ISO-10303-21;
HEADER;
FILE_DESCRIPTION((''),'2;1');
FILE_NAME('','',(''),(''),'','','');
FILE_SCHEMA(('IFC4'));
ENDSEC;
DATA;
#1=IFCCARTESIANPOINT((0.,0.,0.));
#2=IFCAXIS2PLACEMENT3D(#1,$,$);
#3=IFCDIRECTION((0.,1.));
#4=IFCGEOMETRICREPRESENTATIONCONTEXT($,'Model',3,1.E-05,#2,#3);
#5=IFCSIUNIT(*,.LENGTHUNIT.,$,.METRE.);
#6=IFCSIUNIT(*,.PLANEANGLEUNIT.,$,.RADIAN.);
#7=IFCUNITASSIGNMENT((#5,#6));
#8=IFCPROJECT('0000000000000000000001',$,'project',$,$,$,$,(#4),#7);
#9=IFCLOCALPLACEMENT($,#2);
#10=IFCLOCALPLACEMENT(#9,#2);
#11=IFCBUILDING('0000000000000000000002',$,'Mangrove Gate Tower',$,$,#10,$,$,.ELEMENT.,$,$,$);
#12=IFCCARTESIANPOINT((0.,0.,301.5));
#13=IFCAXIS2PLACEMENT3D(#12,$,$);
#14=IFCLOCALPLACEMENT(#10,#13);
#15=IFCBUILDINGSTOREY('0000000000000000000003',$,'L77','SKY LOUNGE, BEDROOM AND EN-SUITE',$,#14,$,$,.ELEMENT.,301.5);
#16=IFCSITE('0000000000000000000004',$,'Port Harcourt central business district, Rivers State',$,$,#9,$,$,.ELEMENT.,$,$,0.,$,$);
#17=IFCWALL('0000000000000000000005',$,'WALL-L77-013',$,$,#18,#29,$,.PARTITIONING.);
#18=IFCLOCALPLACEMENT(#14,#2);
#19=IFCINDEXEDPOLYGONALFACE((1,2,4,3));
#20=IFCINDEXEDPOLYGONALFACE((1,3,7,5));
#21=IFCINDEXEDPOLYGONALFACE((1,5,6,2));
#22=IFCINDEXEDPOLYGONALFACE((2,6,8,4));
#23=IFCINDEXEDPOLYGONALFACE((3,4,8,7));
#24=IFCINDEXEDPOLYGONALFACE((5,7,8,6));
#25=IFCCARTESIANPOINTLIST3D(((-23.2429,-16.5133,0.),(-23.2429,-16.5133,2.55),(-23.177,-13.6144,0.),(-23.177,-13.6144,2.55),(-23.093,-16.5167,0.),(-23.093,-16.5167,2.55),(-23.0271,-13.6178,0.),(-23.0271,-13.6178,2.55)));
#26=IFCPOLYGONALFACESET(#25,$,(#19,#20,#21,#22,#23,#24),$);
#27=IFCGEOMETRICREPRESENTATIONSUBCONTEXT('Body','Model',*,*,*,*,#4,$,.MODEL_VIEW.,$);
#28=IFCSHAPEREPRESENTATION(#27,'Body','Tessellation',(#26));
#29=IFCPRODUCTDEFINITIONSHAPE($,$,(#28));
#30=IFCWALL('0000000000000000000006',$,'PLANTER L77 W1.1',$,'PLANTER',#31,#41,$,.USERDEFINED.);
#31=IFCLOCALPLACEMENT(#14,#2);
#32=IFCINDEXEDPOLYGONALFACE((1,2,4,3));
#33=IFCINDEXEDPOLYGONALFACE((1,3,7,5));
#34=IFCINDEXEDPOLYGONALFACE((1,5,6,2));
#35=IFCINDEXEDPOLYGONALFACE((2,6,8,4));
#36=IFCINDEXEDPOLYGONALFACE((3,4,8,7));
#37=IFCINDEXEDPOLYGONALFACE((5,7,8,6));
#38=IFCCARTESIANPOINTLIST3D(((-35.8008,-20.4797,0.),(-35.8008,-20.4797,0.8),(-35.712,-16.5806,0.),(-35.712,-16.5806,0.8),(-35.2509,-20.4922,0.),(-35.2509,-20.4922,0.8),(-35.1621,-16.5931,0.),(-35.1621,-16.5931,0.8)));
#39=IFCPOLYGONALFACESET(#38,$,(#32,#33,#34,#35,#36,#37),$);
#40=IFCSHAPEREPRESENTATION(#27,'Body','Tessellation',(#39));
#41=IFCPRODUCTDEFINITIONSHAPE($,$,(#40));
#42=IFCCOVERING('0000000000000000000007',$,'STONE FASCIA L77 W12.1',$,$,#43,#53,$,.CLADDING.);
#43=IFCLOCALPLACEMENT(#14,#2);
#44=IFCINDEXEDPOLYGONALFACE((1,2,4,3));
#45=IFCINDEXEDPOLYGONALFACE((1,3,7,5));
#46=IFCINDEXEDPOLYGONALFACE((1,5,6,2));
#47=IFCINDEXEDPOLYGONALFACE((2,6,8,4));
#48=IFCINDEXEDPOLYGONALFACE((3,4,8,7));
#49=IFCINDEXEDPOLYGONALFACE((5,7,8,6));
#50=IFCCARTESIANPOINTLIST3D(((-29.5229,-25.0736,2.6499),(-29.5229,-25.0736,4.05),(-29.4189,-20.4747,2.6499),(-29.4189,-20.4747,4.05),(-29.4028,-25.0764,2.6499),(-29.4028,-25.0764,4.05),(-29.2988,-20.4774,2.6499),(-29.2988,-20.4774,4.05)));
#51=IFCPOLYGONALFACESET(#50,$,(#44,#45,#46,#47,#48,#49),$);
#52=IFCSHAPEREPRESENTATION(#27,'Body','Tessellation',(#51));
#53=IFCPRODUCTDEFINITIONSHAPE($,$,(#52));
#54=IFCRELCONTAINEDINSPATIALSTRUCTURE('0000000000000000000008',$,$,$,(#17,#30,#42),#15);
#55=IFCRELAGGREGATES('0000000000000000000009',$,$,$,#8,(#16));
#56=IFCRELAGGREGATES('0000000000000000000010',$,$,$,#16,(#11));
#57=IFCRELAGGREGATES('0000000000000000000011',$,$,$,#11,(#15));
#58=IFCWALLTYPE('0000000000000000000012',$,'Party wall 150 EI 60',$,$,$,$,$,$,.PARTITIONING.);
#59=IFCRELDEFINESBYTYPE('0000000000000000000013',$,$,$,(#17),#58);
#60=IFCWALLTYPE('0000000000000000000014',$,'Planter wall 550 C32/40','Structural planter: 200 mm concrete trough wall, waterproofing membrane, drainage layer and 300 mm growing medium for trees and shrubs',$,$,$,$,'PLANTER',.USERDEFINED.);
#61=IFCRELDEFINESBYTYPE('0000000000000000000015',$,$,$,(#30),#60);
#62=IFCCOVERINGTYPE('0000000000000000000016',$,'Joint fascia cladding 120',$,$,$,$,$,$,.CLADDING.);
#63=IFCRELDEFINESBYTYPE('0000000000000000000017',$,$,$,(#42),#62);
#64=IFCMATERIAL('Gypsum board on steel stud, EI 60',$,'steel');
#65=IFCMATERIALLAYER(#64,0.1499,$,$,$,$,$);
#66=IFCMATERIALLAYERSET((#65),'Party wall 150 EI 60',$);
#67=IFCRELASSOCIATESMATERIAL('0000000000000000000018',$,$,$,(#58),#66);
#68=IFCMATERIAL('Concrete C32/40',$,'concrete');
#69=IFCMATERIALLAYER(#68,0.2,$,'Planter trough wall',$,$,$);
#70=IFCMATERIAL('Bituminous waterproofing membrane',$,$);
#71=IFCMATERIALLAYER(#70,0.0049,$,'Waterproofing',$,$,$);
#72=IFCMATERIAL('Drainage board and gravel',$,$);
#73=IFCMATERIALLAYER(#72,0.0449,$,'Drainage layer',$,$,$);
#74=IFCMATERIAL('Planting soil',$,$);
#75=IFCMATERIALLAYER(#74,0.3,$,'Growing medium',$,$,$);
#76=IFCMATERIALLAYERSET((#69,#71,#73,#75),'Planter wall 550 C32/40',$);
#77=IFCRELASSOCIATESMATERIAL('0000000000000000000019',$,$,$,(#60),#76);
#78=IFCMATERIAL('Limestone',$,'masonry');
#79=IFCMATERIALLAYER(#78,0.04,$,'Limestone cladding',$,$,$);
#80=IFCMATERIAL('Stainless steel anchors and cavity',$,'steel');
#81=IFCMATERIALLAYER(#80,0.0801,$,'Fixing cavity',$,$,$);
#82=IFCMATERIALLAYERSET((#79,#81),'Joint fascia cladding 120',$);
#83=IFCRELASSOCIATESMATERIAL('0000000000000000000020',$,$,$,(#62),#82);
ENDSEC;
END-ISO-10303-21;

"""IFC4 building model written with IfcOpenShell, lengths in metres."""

from ifc_helpers import new_model, si_unit, direction, frame, frame_2d, origin, place, context, subcontext, project, spatial, rectangle, extrude, material, layer, layer_set, type_object, element, save


model = new_model("IFC4")

# Units and contexts
model_context = context("Model", 3, precision=1e-05, world=origin(), true_north=direction((0.0, 1.0)))
body_context = subcontext(model_context, "Body", "Model", "MODEL_VIEW")
ifc_project = project(units=[si_unit("LENGTHUNIT", "METRE"), si_unit("PLANEANGLEUNIT", "RADIAN")], contexts=[model_context])

# Site, building, storey
site_placement = place(None, origin())
site = spatial("IfcSite", under=ifc_project, at=site_placement, Name="Port Harcourt central business district, Rivers State", CompositionType="ELEMENT", RefElevation=0.0)
building_placement = place(site_placement, origin())
building = spatial("IfcBuilding", under=site, at=building_placement, Name="Mangrove Gate Tower", CompositionType="ELEMENT")
storey_placement = place(building_placement, frame((0.0, 0.0, 301.5)))
storey = spatial("IfcBuildingStorey", under=building, at=storey_placement, Name="L77", Description="SKY LOUNGE, BEDROOM AND EN-SUITE", CompositionType="ELEMENT", Elevation=301.5)

# Shared definitions
ifc_material_1 = material(Name="Limestone", Category="masonry")

# Walls
ifc_material_2 = material(Name="Gypsum board on steel stud, EI 60", Category="steel")
ifc_layer_1 = layer(ifc_material_2, 0.1499)
ifc_layer_set_1 = layer_set([ifc_layer_1], Name="Party wall 150 EI 60")
wall_type_1 = type_object("IfcWallType", Name="Party wall 150 EI 60", PredefinedType="PARTITIONING", material=ifc_layer_set_1)
wall_1_placement = place(storey_placement, frame((-23.168, -16.5149, 0.0), z_axis=(0.0, 0.0, 1.0), x_axis=(0.022733, 0.999742, 0.0)))
element("IfcWall", 1, at=wall_1_placement, inside=storey, type_object=wall_type_1, Name="WALL-L77-013", PredefinedType="PARTITIONING", context=body_context, shape_type="SweptSolid", body=[
    extrude(rectangle(XDim=2.8997, YDim=0.1499, at=frame_2d((1.4497, 0.0))), origin(), (0.0, 0.0, 1.0), 2.55),
])
ifc_material_3 = material(Name="Concrete C32/40", Category="concrete")
ifc_layer_2 = layer(ifc_material_3, 0.2, Name="Planter trough wall")
ifc_material_4 = material(Name="Bituminous waterproofing membrane")
ifc_layer_3 = layer(ifc_material_4, 0.0049, Name="Waterproofing")
ifc_material_5 = material(Name="Drainage board and gravel")
ifc_layer_4 = layer(ifc_material_5, 0.0449, Name="Drainage layer")
ifc_material_6 = material(Name="Planting soil")
ifc_layer_5 = layer(ifc_material_6, 0.3, Name="Growing medium")
ifc_layer_set_2 = layer_set([ifc_layer_2, ifc_layer_3, ifc_layer_4, ifc_layer_5], Name="Planter wall 550 C32/40")
wall_type_2 = type_object("IfcWallType", Name="Planter wall 550 C32/40", Description="Structural planter: 200 mm concrete trough wall, waterproofing membrane, drainage layer and 300 mm growing medium for trees and shrubs", ElementType="PLANTER", PredefinedType="USERDEFINED", material=ifc_layer_set_2)
wall_2_placement = place(storey_placement, frame((-35.5259, -20.4861, 0.0), z_axis=(0.0, 0.0, 1.0), x_axis=(0.022785, 0.99974, 0.0)))
element("IfcWall", 2, at=wall_2_placement, inside=storey, type_object=wall_type_2, Name="PLANTER L77 W1.1", ObjectType="PLANTER", PredefinedType="USERDEFINED", context=body_context, shape_type="SweptSolid", body=[
    extrude(rectangle(XDim=3.9001, YDim=0.55, at=frame_2d((1.9502, 0.0))), origin(), (0.0, 0.0, 1.0), 0.8),
])

# Covering
ifc_layer_6 = layer(ifc_material_1, 0.04, Name="Limestone cladding")
ifc_material_7 = material(Name="Stainless steel anchors and cavity", Category="steel")
ifc_layer_7 = layer(ifc_material_7, 0.0801, Name="Fixing cavity")
ifc_layer_set_3 = layer_set([ifc_layer_6, ifc_layer_7], Name="Joint fascia cladding 120")
covering_type = type_object("IfcCoveringType", Name="Joint fascia cladding 120", PredefinedType="CLADDING", material=ifc_layer_set_3)
covering_placement = place(storey_placement, frame((-29.3589, -20.4761, 2.6499), z_axis=(0.0, 0.0, 1.0), x_axis=(-0.022609, -0.999744, 0.0)))
element("IfcCovering", 3, at=covering_placement, inside=storey, type_object=covering_type, Name="STONE FASCIA L77 W12.1", PredefinedType="CLADDING", context=body_context, shape_type="SweptSolid", body=[
    extrude(rectangle(XDim=4.6001, YDim=0.1201, at=frame_2d((2.3, 0.0))), origin(), (0.0, 0.0, 1.0), 1.4001),
])

save(model, "model.ifc")
